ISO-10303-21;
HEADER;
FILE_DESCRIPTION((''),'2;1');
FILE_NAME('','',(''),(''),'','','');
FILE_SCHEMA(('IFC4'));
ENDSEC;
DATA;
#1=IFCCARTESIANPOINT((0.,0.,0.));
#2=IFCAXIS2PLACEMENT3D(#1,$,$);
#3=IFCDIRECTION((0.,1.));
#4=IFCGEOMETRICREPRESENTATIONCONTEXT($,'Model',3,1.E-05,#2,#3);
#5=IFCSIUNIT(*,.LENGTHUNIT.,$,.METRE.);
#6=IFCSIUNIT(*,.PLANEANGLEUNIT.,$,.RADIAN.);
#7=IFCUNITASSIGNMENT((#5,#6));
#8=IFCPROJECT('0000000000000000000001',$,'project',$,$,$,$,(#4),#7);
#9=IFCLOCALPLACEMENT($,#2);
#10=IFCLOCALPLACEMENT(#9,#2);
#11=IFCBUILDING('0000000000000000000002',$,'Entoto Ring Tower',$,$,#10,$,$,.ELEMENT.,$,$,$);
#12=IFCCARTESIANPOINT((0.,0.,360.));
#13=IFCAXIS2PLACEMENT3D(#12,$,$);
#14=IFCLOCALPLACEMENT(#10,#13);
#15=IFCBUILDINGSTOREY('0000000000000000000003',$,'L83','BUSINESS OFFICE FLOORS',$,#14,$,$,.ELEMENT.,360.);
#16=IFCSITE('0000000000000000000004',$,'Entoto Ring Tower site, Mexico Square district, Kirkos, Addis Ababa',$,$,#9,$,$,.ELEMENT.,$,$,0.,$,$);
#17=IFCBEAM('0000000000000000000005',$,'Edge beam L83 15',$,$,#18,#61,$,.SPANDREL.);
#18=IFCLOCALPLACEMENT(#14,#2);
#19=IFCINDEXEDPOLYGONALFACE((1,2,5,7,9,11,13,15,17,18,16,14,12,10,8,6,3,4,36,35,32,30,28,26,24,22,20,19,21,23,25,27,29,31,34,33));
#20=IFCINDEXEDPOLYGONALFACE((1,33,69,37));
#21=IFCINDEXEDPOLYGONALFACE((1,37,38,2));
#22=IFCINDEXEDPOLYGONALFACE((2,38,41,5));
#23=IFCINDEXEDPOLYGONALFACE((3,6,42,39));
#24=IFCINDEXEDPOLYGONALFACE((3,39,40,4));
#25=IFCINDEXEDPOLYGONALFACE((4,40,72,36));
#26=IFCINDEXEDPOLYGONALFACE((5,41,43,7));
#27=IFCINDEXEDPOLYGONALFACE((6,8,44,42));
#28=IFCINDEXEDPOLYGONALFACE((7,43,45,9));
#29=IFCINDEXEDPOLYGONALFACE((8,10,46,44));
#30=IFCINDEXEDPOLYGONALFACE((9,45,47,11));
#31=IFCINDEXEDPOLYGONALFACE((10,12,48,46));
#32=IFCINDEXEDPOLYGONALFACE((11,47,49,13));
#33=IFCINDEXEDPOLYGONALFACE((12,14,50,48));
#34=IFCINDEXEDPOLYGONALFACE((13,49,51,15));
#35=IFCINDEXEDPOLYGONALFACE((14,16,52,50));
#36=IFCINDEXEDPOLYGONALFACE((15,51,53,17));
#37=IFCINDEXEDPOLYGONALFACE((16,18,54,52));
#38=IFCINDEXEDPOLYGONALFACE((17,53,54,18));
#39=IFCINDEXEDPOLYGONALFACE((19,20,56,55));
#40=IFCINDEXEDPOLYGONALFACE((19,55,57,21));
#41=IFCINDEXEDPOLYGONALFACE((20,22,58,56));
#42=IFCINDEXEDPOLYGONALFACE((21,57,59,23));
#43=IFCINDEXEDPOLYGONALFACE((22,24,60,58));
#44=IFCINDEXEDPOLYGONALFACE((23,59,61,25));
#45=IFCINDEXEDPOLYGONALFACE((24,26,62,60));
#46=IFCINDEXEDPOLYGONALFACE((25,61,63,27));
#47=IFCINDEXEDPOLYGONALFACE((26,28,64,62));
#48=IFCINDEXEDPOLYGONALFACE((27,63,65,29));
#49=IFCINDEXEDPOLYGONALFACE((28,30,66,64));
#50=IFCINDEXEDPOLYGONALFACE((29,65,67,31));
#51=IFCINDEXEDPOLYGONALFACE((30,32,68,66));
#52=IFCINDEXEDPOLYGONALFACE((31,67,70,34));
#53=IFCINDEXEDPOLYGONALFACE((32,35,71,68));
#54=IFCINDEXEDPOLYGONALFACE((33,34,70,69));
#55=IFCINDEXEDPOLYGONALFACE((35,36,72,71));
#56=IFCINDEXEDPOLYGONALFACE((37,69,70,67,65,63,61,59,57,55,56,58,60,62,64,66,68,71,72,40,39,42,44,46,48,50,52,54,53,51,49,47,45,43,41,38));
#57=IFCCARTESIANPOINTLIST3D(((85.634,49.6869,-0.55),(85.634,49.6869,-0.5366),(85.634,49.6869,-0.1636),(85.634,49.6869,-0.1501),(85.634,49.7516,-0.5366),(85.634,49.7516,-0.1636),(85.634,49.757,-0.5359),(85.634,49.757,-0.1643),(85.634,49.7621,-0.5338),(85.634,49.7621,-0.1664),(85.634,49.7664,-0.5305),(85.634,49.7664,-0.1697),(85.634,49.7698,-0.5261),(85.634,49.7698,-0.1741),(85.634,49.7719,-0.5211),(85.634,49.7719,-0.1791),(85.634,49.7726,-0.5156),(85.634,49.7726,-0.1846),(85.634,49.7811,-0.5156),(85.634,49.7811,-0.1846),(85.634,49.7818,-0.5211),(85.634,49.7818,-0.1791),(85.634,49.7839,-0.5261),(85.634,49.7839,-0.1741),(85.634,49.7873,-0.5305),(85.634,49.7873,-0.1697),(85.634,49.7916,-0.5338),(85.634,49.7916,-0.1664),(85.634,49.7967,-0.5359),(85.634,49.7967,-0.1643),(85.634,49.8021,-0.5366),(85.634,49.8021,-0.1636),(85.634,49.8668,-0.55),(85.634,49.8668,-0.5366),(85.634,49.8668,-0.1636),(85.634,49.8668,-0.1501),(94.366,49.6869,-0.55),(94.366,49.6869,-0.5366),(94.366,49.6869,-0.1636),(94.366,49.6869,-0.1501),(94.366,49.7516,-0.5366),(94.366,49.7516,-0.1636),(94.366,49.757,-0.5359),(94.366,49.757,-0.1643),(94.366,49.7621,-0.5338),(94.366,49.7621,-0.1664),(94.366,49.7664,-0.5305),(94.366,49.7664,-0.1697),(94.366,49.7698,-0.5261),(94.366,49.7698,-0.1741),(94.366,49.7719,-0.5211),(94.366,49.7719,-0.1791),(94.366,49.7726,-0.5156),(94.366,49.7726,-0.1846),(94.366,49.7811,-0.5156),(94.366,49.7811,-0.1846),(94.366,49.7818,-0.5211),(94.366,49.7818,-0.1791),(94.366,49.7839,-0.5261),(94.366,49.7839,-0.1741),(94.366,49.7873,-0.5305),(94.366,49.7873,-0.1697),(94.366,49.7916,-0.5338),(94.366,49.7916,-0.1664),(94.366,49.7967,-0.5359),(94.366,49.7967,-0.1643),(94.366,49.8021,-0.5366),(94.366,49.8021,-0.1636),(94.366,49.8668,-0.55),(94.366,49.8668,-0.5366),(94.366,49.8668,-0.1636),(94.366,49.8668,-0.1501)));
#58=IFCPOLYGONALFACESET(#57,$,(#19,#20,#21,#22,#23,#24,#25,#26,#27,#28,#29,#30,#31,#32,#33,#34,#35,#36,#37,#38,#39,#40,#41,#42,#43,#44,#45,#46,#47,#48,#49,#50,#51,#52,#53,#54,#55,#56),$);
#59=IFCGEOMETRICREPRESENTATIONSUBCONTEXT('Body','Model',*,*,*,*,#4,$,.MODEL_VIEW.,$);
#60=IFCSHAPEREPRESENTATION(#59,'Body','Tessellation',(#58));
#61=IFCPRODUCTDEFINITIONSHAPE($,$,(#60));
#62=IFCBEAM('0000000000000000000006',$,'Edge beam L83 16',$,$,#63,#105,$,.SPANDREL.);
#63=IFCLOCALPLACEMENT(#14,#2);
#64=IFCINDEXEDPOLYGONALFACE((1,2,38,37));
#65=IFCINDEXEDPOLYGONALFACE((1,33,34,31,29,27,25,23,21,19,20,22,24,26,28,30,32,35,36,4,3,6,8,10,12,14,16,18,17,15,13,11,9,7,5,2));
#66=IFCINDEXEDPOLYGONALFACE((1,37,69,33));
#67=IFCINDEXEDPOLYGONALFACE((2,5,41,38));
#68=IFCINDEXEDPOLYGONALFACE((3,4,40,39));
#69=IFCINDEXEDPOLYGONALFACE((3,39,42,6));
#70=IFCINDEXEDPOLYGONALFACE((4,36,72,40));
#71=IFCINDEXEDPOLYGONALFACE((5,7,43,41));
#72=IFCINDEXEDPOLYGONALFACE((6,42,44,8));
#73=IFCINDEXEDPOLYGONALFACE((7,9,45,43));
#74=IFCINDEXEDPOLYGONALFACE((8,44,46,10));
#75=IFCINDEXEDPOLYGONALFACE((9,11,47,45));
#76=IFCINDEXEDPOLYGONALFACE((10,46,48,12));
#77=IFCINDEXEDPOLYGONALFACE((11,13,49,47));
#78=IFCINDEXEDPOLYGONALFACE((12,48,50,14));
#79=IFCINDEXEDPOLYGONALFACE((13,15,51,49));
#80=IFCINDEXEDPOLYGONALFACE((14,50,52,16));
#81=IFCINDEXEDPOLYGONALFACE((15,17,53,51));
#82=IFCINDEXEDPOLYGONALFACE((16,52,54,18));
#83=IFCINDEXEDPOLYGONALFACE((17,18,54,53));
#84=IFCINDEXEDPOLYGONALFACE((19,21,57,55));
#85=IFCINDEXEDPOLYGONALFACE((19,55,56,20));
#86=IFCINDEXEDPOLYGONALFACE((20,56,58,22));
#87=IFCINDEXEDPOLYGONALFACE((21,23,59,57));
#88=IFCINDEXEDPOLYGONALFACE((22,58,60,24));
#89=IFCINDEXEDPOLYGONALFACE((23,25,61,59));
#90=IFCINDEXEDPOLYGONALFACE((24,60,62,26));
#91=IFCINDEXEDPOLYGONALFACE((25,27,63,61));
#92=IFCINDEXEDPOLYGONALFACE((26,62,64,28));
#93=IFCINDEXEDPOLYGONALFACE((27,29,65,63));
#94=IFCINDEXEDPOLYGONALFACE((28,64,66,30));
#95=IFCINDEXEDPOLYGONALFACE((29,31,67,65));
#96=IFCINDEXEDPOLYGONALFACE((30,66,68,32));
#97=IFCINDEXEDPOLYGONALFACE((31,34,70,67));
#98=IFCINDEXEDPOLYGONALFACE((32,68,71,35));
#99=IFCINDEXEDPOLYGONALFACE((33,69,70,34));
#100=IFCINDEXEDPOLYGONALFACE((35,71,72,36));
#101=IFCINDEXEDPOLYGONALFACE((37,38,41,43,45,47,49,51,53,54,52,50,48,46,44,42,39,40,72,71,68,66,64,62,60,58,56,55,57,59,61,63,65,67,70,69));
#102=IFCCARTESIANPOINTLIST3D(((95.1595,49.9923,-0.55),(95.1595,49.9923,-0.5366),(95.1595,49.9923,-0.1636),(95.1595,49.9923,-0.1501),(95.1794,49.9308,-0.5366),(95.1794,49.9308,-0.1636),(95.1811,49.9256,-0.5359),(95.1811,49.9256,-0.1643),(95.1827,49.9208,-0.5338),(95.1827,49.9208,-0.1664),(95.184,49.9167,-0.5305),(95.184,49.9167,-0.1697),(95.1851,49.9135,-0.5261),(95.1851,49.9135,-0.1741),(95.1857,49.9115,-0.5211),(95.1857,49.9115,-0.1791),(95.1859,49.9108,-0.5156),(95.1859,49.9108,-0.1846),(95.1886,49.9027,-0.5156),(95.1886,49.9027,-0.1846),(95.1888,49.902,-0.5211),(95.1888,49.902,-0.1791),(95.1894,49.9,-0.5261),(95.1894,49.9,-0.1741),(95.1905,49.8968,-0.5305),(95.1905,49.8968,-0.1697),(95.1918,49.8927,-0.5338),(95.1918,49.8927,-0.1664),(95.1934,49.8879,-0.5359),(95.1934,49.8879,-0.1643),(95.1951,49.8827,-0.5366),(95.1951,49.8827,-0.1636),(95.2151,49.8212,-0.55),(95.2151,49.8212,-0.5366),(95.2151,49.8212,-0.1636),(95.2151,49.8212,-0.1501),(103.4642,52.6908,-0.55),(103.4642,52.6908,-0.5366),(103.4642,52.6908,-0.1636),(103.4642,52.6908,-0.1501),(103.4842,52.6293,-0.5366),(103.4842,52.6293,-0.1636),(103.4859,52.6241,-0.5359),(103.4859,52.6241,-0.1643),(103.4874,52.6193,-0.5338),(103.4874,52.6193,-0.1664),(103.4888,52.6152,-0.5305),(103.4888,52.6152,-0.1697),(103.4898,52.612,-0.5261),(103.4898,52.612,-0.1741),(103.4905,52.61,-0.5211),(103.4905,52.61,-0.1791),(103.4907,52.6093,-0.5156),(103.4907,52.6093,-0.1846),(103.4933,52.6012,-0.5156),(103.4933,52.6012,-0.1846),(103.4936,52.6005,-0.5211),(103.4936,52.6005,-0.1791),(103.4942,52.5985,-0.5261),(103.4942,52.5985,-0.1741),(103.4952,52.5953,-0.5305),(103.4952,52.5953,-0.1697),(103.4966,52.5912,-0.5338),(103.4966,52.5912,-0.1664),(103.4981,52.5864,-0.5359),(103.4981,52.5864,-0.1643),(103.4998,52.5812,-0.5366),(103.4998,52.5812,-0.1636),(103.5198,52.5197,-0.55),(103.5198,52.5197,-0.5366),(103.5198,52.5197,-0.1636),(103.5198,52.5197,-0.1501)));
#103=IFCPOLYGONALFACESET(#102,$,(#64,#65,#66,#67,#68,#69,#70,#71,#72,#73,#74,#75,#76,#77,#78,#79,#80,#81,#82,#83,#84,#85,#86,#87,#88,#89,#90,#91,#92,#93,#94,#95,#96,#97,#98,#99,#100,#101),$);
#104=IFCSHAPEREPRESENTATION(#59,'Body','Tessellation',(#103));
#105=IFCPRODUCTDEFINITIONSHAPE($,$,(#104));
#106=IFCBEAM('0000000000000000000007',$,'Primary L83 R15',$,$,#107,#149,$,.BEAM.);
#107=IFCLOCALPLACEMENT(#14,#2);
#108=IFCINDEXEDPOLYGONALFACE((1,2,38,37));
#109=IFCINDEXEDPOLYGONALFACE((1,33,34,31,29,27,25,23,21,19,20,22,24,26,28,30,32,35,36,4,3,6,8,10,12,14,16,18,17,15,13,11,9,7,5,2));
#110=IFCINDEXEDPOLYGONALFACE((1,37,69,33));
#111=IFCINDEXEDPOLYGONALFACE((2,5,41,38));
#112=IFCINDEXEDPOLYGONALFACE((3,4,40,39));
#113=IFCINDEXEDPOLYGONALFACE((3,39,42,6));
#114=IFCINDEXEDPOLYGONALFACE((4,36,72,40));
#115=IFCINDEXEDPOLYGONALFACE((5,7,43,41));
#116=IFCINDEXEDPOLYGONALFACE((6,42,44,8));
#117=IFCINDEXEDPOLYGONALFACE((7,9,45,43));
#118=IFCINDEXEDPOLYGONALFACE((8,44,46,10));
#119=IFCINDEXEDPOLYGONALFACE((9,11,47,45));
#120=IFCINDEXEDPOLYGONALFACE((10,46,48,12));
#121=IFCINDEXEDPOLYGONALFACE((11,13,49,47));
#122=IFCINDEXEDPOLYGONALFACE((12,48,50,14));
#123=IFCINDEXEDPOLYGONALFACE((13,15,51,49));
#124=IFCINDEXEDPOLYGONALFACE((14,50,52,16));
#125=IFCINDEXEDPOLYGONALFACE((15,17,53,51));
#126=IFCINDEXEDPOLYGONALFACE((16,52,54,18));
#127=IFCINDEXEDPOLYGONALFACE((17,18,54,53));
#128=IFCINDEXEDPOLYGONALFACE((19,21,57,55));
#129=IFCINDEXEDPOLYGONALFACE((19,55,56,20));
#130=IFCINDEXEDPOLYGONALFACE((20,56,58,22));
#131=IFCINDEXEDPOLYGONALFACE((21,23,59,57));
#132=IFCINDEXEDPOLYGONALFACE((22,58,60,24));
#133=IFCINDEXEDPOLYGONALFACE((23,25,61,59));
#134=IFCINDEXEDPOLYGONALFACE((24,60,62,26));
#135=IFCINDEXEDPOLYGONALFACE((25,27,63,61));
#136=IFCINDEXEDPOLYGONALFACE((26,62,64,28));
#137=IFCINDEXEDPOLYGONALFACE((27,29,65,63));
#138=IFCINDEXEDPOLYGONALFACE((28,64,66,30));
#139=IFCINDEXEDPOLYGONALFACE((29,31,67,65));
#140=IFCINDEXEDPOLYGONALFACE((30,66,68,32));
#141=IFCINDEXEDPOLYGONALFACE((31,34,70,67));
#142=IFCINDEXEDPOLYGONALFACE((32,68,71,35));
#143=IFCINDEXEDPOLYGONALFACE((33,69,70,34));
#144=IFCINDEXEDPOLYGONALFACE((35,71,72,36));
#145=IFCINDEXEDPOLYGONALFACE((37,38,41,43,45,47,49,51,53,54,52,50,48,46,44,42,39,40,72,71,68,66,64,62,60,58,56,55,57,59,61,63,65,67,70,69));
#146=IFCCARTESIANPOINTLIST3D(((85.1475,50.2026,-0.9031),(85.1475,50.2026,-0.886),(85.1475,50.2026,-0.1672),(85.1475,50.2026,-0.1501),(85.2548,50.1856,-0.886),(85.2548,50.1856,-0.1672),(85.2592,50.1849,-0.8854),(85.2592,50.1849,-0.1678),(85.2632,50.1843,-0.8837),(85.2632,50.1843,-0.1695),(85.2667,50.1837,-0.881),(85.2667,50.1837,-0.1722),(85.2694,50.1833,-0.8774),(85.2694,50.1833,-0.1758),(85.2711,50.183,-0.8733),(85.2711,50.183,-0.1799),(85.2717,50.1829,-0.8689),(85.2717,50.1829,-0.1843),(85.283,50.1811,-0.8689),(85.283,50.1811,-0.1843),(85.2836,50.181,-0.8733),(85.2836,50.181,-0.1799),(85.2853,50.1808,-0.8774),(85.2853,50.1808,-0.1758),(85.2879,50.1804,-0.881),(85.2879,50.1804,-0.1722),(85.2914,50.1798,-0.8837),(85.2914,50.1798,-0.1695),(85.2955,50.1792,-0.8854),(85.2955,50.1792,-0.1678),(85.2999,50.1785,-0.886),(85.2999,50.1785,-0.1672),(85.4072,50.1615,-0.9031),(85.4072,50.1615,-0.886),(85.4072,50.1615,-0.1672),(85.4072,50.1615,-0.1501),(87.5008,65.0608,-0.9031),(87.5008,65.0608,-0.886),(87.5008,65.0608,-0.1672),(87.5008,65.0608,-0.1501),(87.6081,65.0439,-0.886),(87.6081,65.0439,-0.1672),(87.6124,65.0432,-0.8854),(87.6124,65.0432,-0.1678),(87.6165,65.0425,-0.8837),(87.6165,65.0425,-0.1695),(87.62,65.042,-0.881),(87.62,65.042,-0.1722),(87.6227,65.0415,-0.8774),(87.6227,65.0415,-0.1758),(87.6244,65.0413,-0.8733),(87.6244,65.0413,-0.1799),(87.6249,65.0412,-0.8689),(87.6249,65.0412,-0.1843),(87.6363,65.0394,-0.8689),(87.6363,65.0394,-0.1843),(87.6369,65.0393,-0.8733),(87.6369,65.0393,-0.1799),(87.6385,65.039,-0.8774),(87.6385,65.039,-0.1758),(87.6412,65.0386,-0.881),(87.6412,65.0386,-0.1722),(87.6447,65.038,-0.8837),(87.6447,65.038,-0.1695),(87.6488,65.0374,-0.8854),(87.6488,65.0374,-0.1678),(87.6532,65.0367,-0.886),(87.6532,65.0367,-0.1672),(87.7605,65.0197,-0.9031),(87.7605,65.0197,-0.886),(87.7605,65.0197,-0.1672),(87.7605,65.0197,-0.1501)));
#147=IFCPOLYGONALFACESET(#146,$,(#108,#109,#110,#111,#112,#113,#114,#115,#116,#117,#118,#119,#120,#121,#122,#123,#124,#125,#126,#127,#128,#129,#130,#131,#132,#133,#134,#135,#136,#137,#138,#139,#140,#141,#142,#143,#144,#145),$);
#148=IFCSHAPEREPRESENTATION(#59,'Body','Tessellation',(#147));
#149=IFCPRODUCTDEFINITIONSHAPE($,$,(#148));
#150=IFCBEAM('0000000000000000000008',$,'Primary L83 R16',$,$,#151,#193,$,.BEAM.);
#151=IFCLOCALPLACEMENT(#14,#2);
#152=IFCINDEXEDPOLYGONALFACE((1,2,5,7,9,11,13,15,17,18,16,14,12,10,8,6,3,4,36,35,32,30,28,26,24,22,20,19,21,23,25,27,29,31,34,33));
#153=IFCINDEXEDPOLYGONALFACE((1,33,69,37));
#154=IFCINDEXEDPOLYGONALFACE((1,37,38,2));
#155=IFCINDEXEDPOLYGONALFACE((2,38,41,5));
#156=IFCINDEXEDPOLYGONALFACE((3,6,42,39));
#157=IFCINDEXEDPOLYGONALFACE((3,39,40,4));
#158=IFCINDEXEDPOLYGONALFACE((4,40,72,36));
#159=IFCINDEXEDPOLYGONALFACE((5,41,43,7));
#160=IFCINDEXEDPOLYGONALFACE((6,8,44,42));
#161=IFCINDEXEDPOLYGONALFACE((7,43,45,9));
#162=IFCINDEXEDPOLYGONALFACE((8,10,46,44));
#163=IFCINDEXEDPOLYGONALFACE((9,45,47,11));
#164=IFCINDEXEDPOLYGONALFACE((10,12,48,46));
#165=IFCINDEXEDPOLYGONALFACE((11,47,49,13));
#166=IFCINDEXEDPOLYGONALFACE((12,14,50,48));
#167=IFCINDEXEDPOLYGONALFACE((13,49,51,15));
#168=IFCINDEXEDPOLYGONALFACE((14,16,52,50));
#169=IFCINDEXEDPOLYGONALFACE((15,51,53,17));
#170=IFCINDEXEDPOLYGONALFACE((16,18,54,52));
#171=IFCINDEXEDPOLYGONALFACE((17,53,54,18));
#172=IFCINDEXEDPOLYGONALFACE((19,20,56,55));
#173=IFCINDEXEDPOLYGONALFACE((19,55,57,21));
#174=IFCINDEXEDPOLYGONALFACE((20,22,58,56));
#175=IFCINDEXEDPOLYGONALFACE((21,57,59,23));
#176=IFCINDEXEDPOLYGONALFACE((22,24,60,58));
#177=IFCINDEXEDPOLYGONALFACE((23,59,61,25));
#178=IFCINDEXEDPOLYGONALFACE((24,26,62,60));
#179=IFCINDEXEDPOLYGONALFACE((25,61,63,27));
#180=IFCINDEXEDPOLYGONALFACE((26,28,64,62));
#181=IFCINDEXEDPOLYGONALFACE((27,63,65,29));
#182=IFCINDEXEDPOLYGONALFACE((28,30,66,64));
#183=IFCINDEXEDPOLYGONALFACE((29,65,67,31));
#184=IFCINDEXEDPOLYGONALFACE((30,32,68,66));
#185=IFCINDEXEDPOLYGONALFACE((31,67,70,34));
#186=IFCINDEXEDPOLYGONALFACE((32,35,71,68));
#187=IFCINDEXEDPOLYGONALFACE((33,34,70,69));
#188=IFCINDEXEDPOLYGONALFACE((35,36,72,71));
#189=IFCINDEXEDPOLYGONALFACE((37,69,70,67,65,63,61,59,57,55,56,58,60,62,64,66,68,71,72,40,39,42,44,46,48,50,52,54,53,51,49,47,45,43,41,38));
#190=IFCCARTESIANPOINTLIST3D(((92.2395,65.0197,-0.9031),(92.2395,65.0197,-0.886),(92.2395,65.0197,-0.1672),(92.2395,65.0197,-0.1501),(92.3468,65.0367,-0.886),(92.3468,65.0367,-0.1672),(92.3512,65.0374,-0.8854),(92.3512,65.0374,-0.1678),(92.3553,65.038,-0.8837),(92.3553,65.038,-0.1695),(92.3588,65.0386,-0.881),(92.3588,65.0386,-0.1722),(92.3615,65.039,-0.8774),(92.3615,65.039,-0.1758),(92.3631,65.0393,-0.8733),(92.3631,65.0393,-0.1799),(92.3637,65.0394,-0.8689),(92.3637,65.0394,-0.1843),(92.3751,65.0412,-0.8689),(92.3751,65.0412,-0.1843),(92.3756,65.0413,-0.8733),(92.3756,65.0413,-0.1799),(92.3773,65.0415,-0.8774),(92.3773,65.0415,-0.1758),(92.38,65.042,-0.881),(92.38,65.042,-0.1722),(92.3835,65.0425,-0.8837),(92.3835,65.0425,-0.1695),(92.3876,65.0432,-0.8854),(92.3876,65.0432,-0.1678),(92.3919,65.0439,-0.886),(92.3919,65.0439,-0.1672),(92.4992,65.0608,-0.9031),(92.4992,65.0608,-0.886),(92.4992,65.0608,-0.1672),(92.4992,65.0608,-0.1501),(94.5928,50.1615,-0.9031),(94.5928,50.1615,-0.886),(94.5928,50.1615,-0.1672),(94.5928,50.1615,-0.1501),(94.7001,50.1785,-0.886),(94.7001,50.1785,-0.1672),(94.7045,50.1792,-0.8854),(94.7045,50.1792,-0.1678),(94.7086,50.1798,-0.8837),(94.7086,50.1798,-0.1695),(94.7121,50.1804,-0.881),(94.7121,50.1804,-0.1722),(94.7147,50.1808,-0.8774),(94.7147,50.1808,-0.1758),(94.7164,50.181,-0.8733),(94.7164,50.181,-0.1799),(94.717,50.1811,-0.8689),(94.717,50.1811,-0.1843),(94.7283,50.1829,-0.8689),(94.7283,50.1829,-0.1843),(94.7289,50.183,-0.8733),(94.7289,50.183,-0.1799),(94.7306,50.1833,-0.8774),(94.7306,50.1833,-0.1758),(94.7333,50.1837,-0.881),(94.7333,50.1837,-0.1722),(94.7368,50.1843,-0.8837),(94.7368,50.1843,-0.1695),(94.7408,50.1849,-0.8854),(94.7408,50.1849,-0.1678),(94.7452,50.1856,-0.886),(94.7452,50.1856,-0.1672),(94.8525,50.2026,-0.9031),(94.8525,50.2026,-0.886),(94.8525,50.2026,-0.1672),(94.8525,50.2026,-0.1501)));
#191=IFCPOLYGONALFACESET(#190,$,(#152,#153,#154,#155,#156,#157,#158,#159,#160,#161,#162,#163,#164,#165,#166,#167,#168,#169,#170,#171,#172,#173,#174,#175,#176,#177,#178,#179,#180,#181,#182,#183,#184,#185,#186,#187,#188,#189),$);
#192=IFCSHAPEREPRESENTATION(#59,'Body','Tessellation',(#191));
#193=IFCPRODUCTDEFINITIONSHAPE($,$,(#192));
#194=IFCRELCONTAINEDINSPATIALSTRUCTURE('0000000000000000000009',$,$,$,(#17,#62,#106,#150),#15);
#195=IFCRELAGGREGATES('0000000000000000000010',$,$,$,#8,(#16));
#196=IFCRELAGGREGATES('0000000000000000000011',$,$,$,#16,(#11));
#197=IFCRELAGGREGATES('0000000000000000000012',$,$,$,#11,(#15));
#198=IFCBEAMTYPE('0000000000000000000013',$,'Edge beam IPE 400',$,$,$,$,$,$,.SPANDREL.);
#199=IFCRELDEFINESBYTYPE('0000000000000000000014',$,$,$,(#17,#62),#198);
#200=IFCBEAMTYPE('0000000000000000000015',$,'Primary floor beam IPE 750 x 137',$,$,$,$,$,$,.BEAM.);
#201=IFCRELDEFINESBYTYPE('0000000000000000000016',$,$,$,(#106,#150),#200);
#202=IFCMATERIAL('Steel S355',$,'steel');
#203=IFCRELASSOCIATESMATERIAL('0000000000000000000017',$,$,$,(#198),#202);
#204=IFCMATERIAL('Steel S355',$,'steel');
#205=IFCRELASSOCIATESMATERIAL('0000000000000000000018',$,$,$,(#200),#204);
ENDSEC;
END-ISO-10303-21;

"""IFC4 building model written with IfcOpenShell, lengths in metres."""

from ifc_helpers import new_model, si_unit, direction, frame, origin, origin_2d, place, context, subcontext, project, spatial, i_section, extrude, material, material_profile, profile_set, type_object, element, save


model = new_model("IFC4")

# Units and contexts
model_context = context("Model", 3, precision=1e-05, world=origin(), true_north=direction((0.0, 1.0)))
body_context = subcontext(model_context, "Body", "Model", "MODEL_VIEW")
ifc_project = project(units=[si_unit("LENGTHUNIT", "METRE"), si_unit("PLANEANGLEUNIT", "RADIAN")], contexts=[model_context])

# Site, building, storey
site_placement = place(None, origin())
site = spatial("IfcSite", under=ifc_project, at=site_placement, Name="Entoto Ring Tower site, Mexico Square district, Kirkos, Addis Ababa", CompositionType="ELEMENT", RefElevation=0.0)
building_placement = place(site_placement, origin())
building = spatial("IfcBuilding", under=site, at=building_placement, Name="Entoto Ring Tower", CompositionType="ELEMENT")
storey_placement = place(building_placement, frame((0.0, 0.0, 360.0)))
storey = spatial("IfcBuildingStorey", under=building, at=storey_placement, Name="L83", Description="BUSINESS OFFICE FLOORS", CompositionType="ELEMENT", Elevation=360.0)

# Beams
ifc_material_1 = material(Name="Steel S355", Category="steel")
ifc_material_profile_1 = material_profile(ifc_material_1, i_section(OverallWidth=0.1799, OverallDepth=0.3999, WebThickness=0.0085, FlangeThickness=0.0134, FilletRadius=0.021, at=origin_2d()), Name="IPE 400")
ifc_profile_set_1 = profile_set([ifc_material_profile_1], Name="Steel S355")
beam_type_1 = type_object("IfcBeamType", Name="Edge beam IPE 400", PredefinedType="SPANDREL", material=ifc_profile_set_1)
beam_1_placement = place(storey_placement, frame((85.634, 49.7769, -0.3501), z_axis=(1.0, 0.0, 0.0), x_axis=(0.0, 1.0, 0.0)))
element("IfcBeam", 1, at=beam_1_placement, inside=storey, type_object=beam_type_1, Name="Edge beam L83 15", PredefinedType="SPANDREL", context=body_context, shape_type="SweptSolid", body=[
    extrude(i_section(OverallWidth=0.1799, OverallDepth=0.3999, WebThickness=0.0085, FlangeThickness=0.0134, FilletRadius=0.021, at=origin_2d()), origin(), (0.0, 0.0, 1.0), 8.7319),
])
beam_2_placement = place(storey_placement, frame((95.1873, 49.9067, -0.3501), z_axis=(0.951052, 0.30903, 0.0), x_axis=(-0.30903, 0.951052, 0.0)))
element("IfcBeam", 2, at=beam_2_placement, inside=storey, type_object=beam_type_1, Name="Edge beam L83 16", PredefinedType="SPANDREL", context=body_context, shape_type="SweptSolid", body=[
    extrude(i_section(OverallWidth=0.1799, OverallDepth=0.3999, WebThickness=0.0085, FlangeThickness=0.0134, FilletRadius=0.021, at=origin_2d()), origin(), (0.0, 0.0, 1.0), 8.7322),
])
ifc_material_2 = material(Name="Steel S355", Category="steel")
ifc_material_profile_2 = material_profile(ifc_material_2, i_section(OverallWidth=0.2629, OverallDepth=0.7529, WebThickness=0.0115, FlangeThickness=0.0171, FilletRadius=0.0171, at=origin_2d()), Name="IPE 750 x 137")
ifc_profile_set_2 = profile_set([ifc_material_profile_2], Name="Steel S355")
beam_type_2 = type_object("IfcBeamType", Name="Primary floor beam IPE 750 x 137", PredefinedType="BEAM", material=ifc_profile_set_2)
for number, where, z_axis, x_axis, name in (
    (3, (87.6306, 65.0403, -0.5266), (-0.156433, -0.987689, 0.0), (0.987689, -0.156433, 0.0), "Primary L83 R15"),
    (4, (92.3694, 65.0403, -0.5266), (0.156433, -0.987689, 0.0), (0.987689, 0.156433, 0.0), "Primary L83 R16"),
):
    element("IfcBeam", number, at=place(storey_placement, frame(where, z_axis=z_axis, x_axis=x_axis)), inside=storey, type_object=beam_type_2, Name=name, PredefinedType="BEAM", context=body_context, shape_type="SweptSolid", body=[
        extrude(i_section(OverallWidth=0.2629, OverallDepth=0.7529, WebThickness=0.0115, FlangeThickness=0.0171, FilletRadius=0.0171, at=origin_2d()), origin(), (0.0, 0.0, 1.0), 15.0435),
    ])

save(model, "model.ifc")
